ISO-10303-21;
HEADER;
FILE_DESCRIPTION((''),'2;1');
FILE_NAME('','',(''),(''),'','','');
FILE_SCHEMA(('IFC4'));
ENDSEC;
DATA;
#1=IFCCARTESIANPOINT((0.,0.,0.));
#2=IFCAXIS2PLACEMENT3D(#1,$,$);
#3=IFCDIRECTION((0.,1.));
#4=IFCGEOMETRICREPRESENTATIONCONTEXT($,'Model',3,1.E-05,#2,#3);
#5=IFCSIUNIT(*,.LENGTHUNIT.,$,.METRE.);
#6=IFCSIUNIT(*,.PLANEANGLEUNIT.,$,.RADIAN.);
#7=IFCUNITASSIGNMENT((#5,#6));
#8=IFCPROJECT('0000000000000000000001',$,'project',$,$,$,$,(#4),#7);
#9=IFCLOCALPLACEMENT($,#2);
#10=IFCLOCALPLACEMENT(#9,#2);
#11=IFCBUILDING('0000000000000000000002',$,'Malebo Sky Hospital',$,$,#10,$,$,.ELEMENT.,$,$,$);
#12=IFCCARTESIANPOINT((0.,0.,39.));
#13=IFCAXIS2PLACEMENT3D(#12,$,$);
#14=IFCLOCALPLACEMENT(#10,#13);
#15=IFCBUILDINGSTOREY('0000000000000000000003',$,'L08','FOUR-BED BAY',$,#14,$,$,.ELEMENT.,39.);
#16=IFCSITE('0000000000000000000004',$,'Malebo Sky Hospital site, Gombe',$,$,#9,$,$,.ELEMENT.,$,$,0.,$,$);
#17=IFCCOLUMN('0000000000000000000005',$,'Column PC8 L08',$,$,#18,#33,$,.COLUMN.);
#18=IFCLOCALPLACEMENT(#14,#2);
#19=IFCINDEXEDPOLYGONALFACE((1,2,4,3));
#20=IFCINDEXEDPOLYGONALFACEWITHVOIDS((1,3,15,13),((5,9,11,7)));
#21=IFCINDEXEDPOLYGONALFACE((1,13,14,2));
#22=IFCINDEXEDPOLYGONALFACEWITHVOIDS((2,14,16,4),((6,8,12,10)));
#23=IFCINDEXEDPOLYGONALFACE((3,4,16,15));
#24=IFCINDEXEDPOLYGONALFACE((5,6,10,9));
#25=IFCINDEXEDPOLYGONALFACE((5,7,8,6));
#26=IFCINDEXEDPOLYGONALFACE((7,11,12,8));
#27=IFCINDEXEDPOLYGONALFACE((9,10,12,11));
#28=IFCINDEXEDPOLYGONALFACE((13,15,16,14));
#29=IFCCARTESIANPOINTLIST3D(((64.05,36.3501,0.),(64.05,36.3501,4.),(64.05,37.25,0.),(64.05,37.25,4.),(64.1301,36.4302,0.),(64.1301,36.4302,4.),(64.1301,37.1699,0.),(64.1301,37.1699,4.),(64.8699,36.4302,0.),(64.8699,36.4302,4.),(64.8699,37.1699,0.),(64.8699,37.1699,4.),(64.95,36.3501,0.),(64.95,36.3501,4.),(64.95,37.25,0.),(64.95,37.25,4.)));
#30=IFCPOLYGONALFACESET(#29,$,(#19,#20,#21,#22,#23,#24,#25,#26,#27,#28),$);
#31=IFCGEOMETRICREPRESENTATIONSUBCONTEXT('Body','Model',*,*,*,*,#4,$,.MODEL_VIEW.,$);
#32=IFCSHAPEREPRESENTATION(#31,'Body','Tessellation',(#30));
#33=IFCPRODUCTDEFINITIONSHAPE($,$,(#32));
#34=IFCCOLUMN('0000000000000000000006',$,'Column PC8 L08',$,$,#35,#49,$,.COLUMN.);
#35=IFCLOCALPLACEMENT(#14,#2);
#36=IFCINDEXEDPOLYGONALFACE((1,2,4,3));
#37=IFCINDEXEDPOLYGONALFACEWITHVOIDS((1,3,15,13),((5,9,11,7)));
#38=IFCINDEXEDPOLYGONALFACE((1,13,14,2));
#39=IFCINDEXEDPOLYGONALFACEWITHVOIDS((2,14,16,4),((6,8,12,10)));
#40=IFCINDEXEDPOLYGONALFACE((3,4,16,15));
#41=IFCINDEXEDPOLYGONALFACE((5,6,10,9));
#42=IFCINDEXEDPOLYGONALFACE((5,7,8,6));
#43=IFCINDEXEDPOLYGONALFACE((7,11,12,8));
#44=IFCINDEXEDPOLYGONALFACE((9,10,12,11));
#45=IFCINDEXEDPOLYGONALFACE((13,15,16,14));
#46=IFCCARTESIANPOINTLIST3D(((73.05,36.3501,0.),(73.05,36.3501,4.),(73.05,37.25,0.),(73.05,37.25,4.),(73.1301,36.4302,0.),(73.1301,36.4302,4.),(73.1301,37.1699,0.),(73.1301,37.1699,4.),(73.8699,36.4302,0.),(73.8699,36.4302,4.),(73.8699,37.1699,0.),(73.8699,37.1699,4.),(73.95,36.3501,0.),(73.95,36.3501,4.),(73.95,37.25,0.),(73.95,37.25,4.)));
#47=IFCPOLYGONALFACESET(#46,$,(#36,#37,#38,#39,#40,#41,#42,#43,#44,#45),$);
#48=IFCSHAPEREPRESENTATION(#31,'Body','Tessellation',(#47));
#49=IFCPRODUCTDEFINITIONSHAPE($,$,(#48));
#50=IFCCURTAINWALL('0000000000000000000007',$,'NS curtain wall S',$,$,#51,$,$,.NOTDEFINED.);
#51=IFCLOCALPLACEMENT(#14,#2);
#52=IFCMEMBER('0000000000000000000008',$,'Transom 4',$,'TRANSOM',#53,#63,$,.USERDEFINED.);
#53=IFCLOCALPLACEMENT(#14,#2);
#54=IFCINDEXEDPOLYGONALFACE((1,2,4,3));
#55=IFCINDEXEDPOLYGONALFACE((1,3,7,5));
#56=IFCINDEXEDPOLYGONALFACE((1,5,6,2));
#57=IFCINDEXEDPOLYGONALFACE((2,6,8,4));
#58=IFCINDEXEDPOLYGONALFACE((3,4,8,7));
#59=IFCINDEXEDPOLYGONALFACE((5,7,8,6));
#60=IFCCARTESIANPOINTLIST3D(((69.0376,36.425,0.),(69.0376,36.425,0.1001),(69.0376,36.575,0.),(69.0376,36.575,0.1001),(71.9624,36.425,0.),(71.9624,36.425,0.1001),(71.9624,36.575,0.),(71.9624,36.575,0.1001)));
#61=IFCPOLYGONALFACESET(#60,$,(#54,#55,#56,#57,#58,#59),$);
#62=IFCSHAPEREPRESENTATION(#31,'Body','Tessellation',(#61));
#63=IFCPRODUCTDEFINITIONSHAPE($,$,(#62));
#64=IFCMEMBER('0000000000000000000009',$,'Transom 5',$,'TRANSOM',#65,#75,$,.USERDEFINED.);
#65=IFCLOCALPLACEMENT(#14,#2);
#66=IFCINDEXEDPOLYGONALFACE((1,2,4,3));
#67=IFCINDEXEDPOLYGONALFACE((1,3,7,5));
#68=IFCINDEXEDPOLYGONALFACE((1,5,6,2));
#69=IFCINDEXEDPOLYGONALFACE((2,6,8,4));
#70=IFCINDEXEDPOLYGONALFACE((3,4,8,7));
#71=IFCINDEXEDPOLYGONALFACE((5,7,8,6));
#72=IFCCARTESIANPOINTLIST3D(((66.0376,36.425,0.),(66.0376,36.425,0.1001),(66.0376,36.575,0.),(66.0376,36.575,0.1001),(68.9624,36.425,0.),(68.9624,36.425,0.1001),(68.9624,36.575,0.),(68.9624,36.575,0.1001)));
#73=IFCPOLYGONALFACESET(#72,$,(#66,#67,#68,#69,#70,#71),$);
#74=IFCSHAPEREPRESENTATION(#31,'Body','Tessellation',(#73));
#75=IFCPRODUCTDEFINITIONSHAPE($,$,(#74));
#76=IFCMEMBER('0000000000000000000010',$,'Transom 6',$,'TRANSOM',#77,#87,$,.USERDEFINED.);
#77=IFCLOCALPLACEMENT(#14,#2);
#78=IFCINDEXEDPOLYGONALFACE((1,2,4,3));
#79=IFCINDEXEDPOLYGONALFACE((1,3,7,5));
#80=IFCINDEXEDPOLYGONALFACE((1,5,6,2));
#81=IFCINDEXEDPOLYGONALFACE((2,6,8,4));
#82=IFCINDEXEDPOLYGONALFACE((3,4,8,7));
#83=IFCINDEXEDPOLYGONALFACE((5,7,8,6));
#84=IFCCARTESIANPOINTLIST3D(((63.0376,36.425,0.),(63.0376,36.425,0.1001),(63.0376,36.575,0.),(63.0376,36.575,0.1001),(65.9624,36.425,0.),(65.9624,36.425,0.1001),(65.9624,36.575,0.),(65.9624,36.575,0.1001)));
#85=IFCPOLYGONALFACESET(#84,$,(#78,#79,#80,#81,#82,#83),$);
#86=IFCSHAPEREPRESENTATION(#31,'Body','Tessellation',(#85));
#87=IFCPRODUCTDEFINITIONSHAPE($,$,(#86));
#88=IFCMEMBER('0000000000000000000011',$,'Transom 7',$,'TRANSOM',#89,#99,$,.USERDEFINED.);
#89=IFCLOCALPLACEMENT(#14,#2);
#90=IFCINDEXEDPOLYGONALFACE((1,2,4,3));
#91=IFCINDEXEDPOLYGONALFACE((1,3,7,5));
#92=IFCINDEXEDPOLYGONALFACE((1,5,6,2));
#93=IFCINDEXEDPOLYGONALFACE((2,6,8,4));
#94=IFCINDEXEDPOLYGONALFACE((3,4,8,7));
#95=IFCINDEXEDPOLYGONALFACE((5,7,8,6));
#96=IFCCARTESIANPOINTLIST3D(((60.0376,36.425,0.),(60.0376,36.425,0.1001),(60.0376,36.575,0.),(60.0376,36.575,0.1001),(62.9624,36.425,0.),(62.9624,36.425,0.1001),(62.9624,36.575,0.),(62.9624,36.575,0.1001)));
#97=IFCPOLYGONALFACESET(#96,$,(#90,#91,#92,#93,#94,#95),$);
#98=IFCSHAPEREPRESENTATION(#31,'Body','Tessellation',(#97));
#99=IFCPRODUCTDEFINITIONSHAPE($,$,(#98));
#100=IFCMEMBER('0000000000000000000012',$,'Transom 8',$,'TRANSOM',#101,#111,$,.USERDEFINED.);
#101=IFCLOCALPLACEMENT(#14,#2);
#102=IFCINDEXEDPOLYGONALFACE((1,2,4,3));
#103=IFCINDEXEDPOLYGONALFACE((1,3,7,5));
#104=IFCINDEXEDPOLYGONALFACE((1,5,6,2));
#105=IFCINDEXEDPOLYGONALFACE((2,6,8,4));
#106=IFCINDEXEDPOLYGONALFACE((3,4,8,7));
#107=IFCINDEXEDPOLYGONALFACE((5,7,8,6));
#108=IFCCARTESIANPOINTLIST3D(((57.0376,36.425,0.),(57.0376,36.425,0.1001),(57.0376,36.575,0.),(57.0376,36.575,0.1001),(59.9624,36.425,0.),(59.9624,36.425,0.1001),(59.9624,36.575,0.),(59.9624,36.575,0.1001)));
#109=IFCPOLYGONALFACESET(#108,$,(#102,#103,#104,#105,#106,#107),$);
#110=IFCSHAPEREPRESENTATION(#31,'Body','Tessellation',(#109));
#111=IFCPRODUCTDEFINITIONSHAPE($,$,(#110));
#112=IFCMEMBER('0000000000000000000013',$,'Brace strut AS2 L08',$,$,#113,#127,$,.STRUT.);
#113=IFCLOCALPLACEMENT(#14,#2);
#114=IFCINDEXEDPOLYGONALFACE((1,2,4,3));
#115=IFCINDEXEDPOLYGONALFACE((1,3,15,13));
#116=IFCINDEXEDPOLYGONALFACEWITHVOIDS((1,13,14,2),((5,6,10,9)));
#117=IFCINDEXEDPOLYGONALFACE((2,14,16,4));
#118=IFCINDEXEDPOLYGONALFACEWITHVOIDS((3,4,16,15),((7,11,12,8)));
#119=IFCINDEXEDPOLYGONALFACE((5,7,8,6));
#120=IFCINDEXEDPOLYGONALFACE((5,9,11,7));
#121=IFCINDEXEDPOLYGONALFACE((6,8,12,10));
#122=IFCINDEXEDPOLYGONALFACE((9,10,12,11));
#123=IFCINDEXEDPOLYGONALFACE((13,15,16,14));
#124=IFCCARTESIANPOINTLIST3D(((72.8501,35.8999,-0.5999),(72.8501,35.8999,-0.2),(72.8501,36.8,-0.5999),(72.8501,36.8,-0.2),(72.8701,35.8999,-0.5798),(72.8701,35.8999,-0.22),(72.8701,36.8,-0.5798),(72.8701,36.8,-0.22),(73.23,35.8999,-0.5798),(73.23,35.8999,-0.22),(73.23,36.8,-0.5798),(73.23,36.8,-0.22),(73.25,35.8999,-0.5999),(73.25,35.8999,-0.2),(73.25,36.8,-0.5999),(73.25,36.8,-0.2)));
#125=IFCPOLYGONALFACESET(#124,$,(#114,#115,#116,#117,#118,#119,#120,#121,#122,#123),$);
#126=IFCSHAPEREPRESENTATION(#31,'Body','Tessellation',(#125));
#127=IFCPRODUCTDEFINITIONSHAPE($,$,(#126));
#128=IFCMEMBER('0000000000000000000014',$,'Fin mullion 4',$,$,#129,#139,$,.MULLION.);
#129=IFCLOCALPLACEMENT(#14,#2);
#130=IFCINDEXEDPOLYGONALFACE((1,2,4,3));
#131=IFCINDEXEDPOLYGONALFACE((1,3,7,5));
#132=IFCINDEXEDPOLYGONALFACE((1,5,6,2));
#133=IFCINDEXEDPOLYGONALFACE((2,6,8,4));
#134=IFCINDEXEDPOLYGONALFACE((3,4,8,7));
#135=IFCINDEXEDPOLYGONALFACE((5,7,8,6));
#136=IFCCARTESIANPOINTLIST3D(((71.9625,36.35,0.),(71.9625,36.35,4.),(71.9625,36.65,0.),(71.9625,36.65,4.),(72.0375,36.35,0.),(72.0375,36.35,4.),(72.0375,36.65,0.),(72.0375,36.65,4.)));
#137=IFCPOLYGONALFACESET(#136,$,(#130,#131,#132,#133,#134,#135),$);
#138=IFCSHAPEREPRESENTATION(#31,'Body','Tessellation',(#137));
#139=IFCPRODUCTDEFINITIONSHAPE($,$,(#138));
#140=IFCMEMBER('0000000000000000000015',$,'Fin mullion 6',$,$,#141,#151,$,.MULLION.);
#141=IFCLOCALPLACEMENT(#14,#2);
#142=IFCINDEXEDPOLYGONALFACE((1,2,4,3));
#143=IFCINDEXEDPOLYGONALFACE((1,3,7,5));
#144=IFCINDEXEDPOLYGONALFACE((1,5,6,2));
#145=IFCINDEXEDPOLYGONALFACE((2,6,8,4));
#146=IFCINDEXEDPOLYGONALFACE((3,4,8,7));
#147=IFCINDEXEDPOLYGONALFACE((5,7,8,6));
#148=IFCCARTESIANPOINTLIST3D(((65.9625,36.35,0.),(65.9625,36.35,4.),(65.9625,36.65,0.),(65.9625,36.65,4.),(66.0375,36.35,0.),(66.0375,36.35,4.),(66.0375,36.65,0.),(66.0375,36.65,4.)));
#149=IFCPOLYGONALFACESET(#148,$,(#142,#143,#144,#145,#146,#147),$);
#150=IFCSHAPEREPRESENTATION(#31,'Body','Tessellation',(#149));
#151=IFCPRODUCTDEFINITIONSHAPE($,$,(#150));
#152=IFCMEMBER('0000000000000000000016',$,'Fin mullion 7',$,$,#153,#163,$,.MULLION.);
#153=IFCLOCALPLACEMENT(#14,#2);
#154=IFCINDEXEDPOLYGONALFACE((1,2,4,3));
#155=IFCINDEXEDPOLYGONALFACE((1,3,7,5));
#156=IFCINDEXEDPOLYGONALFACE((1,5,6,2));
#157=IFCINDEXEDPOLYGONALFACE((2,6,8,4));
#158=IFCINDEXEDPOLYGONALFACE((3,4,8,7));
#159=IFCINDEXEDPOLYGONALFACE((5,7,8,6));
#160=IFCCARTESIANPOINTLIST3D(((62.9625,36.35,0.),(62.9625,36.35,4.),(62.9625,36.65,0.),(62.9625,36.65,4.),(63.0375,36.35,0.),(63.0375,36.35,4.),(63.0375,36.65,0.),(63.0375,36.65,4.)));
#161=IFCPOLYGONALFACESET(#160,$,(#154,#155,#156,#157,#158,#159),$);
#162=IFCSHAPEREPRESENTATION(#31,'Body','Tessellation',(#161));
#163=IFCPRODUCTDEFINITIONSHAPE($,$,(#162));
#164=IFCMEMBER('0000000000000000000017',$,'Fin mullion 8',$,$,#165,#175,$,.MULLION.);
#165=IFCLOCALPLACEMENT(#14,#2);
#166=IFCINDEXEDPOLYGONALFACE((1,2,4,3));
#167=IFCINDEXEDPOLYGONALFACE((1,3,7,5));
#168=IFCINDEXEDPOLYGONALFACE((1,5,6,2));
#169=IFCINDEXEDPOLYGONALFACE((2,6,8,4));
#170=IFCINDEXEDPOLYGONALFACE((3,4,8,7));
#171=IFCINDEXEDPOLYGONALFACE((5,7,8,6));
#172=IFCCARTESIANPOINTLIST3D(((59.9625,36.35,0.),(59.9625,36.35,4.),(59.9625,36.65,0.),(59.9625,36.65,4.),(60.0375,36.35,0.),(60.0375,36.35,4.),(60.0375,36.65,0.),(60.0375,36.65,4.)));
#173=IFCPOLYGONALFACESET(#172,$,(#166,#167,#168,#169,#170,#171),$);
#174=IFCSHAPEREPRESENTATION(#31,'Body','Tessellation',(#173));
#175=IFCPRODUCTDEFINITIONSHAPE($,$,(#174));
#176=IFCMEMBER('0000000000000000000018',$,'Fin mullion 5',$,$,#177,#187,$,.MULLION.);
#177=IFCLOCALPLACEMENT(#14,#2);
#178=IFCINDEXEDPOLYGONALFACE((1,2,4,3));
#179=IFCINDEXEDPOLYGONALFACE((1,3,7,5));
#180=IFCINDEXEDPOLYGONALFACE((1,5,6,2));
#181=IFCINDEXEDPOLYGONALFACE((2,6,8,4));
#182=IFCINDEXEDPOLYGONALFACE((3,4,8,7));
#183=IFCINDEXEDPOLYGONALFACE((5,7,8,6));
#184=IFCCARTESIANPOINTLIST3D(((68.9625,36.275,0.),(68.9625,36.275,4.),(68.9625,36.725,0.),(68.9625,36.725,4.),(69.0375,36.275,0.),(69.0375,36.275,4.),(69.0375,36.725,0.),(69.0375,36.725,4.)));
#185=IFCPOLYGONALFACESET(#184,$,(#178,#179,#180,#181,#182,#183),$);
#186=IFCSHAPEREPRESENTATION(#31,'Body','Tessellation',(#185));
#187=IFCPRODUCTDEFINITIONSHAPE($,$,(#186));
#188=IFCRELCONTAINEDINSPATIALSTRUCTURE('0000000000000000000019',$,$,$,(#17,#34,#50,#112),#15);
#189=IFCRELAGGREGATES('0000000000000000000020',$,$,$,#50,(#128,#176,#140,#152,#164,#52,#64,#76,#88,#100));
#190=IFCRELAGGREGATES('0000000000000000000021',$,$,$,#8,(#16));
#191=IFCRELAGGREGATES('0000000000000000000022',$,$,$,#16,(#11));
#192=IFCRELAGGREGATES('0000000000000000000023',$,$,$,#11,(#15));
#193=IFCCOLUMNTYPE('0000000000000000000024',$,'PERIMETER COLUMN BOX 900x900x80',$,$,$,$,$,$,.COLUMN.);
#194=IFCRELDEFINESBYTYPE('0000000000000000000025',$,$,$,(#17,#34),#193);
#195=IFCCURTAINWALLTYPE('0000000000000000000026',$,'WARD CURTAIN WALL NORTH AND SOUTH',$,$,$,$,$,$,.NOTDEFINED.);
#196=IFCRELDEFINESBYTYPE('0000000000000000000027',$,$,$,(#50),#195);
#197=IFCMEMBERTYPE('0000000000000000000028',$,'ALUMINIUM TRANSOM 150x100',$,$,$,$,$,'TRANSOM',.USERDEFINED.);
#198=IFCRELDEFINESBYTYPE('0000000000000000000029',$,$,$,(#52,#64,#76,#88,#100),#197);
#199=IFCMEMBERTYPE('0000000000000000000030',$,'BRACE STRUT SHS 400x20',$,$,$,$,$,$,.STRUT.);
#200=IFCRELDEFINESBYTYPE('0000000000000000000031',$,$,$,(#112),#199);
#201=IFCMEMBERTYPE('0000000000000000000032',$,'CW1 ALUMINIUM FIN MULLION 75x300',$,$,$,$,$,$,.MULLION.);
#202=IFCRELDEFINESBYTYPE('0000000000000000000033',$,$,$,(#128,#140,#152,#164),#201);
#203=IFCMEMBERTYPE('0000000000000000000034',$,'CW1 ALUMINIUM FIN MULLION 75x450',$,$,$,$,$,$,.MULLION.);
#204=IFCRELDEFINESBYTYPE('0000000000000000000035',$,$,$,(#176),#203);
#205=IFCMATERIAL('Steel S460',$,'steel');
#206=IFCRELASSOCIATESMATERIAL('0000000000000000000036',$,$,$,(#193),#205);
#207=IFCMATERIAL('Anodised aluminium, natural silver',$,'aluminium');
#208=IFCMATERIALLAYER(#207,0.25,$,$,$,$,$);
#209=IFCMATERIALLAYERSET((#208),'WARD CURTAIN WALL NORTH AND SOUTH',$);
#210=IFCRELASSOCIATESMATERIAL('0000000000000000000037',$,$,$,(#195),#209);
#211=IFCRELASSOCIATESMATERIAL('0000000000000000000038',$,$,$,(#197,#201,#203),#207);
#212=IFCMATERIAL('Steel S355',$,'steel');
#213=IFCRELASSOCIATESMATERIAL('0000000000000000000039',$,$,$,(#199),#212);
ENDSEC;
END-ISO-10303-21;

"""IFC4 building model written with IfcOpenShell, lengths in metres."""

from ifc_helpers import new_model, si_unit, direction, frame, origin, origin_2d, place, context, subcontext, project, spatial, rectangle, hollow_rectangle, extrude, material, layer, layer_set, material_profile, profile_set, type_object, element, aggregate, save


model = new_model("IFC4")

# Units and contexts
model_context = context("Model", 3, precision=1e-05, world=origin(), true_north=direction((0.0, 1.0)))
body_context = subcontext(model_context, "Body", "Model", "MODEL_VIEW")
ifc_project = project(units=[si_unit("LENGTHUNIT", "METRE"), si_unit("PLANEANGLEUNIT", "RADIAN")], contexts=[model_context])

# Site, building, storey
site_placement = place(None, origin())
site = spatial("IfcSite", under=ifc_project, at=site_placement, Name="Malebo Sky Hospital site, Gombe", CompositionType="ELEMENT", RefElevation=0.0)
building_placement = place(site_placement, origin())
building = spatial("IfcBuilding", under=site, at=building_placement, Name="Malebo Sky Hospital", CompositionType="ELEMENT")
storey_placement = place(building_placement, frame((0.0, 0.0, 39.0)))
storey = spatial("IfcBuildingStorey", under=building, at=storey_placement, Name="L08", Description="FOUR-BED BAY", CompositionType="ELEMENT", Elevation=39.0)

# Columns
ifc_material_1 = material(Name="Steel S460", Category="steel")
ifc_material_profile_1 = material_profile(ifc_material_1, hollow_rectangle(XDim=0.8999, YDim=0.8999, WallThickness=0.0801, at=origin_2d()), Name="BOX 900x900x80")
ifc_profile_set_1 = profile_set([ifc_material_profile_1], Name="Steel S460")
column_type = type_object("IfcColumnType", Name="PERIMETER COLUMN BOX 900x900x80", PredefinedType="COLUMN", material=ifc_profile_set_1)
for number, where, z_axis, x_axis, name in (
    (1, (64.5, 36.8, 0.0), (0.0, 0.0, 1.0), (1.0, 0.0, 0.0), "Column PC8 L08"),
    (2, (73.5, 36.8, 0.0), (0.0, 0.0, 1.0), (1.0, 0.0, 0.0), "Column PC8 L08"),
):
    element("IfcColumn", number, at=place(storey_placement, frame(where, z_axis=z_axis, x_axis=x_axis)), inside=storey, type_object=column_type, Name=name, PredefinedType="COLUMN", context=body_context, shape_type="SweptSolid", body=[
        extrude(hollow_rectangle(XDim=0.8999, YDim=0.8999, WallThickness=0.0801, at=origin_2d()), origin(), (0.0, 0.0, 1.0), 4.0),
    ])

# Curtain wall, members
ifc_material_2 = material(Name="Anodised aluminium, natural silver", Category="aluminium")
ifc_layer_1 = layer(ifc_material_2, 0.25)
ifc_layer_set_1 = layer_set([ifc_layer_1], Name="WARD CURTAIN WALL NORTH AND SOUTH")
curtain_wall_type = type_object("IfcCurtainWallType", Name="WARD CURTAIN WALL NORTH AND SOUTH", PredefinedType="NOTDEFINED", material=ifc_layer_set_1)
curtain_wall_placement = place(storey_placement, origin())
curtain_wall = element("IfcCurtainWall", 3, at=curtain_wall_placement, inside=storey, type_object=curtain_wall_type, Name="NS curtain wall S", PredefinedType="NOTDEFINED")
ifc_material_profile_2 = material_profile(ifc_material_2, rectangle(XDim=0.1499, YDim=0.1001, at=origin_2d()), Name="ALUMINIUM TRANSOM 150x100")
ifc_profile_set_2 = profile_set([ifc_material_profile_2], Name="Anodised aluminium, natural silver")
member_type_1 = type_object("IfcMemberType", Name="ALUMINIUM TRANSOM 150x100", ElementType="TRANSOM", PredefinedType="USERDEFINED", material=ifc_profile_set_2)
member_1_placement = place(storey_placement, frame((71.9624, 36.5, 0.05), z_axis=(-1.0, 0.0, 0.0), x_axis=(0.0, -1.0, 0.0)))
member_1 = element("IfcMember", 4, at=member_1_placement, type_object=member_type_1, Name="Transom 4", ObjectType="TRANSOM", PredefinedType="USERDEFINED", context=body_context, shape_type="SweptSolid", body=[
    extrude(rectangle(XDim=0.1499, YDim=0.1001, at=origin_2d()), origin(), (0.0, 0.0, 1.0), 2.9248),
])
member_2_placement = place(storey_placement, frame((68.9624, 36.5, 0.05), z_axis=(-1.0, 0.0, 0.0), x_axis=(0.0, -1.0, 0.0)))
member_2 = element("IfcMember", 5, at=member_2_placement, type_object=member_type_1, Name="Transom 5", ObjectType="TRANSOM", PredefinedType="USERDEFINED", context=body_context, shape_type="SweptSolid", body=[
    extrude(rectangle(XDim=0.1499, YDim=0.1001, at=origin_2d()), origin(), (0.0, 0.0, 1.0), 2.9248),
])
member_3_placement = place(storey_placement, frame((65.9624, 36.5, 0.05), z_axis=(-1.0, 0.0, 0.0), x_axis=(0.0, -1.0, 0.0)))
member_3 = element("IfcMember", 6, at=member_3_placement, type_object=member_type_1, Name="Transom 6", ObjectType="TRANSOM", PredefinedType="USERDEFINED", context=body_context, shape_type="SweptSolid", body=[
    extrude(rectangle(XDim=0.1499, YDim=0.1001, at=origin_2d()), origin(), (0.0, 0.0, 1.0), 2.9248),
])
member_4_placement = place(storey_placement, frame((62.9624, 36.5, 0.05), z_axis=(-1.0, 0.0, 0.0), x_axis=(0.0, -1.0, 0.0)))
member_4 = element("IfcMember", 7, at=member_4_placement, type_object=member_type_1, Name="Transom 7", ObjectType="TRANSOM", PredefinedType="USERDEFINED", context=body_context, shape_type="SweptSolid", body=[
    extrude(rectangle(XDim=0.1499, YDim=0.1001, at=origin_2d()), origin(), (0.0, 0.0, 1.0), 2.9248),
])
member_5_placement = place(storey_placement, frame((59.9624, 36.5, 0.05), z_axis=(-1.0, 0.0, 0.0), x_axis=(0.0, -1.0, 0.0)))
member_5 = element("IfcMember", 8, at=member_5_placement, type_object=member_type_1, Name="Transom 8", ObjectType="TRANSOM", PredefinedType="USERDEFINED", context=body_context, shape_type="SweptSolid", body=[
    extrude(rectangle(XDim=0.1499, YDim=0.1001, at=origin_2d()), origin(), (0.0, 0.0, 1.0), 2.9248),
])

# Members
ifc_material_3 = material(Name="Steel S355", Category="steel")
ifc_material_profile_3 = material_profile(ifc_material_3, hollow_rectangle(XDim=0.3999, YDim=0.3999, WallThickness=0.02, at=origin_2d()), Name="SHS 400x20")
ifc_profile_set_3 = profile_set([ifc_material_profile_3], Name="Steel S355")
member_type_2 = type_object("IfcMemberType", Name="BRACE STRUT SHS 400x20", PredefinedType="STRUT", material=ifc_profile_set_3)
member_6_placement = place(storey_placement, frame((73.05, 35.8999, -0.3999), z_axis=(0.0, 1.0, 0.0), x_axis=(-1.0, 0.0, 0.0)))
element("IfcMember", 9, at=member_6_placement, inside=storey, type_object=member_type_2, Name="Brace strut AS2 L08", PredefinedType="STRUT", context=body_context, shape_type="SweptSolid", body=[
    extrude(hollow_rectangle(XDim=0.3999, YDim=0.3999, WallThickness=0.02, at=origin_2d()), origin(), (0.0, 0.0, 1.0), 0.9001),
])
ifc_material_profile_4 = material_profile(ifc_material_2, rectangle(XDim=0.075, YDim=0.3, at=origin_2d()), Name="CW1 ALUMINIUM FIN MULLION 75x300")
ifc_profile_set_4 = profile_set([ifc_material_profile_4], Name="Anodised aluminium, natural silver")
member_type_3 = type_object("IfcMemberType", Name="CW1 ALUMINIUM FIN MULLION 75x300", PredefinedType="MULLION", material=ifc_profile_set_4)
member_7_placement = place(storey_placement, frame((72.0, 36.5, 0.0), z_axis=(0.0, 0.0, 1.0), x_axis=(-1.0, 0.0, 0.0)))
member_7 = element("IfcMember", 10, at=member_7_placement, type_object=member_type_3, Name="Fin mullion 4", PredefinedType="MULLION", context=body_context, shape_type="SweptSolid", body=[
    extrude(rectangle(XDim=0.075, YDim=0.3, at=origin_2d()), origin(), (0.0, 0.0, 1.0), 4.0),
])
member_8_placement = place(storey_placement, frame((66.0, 36.5, 0.0), z_axis=(0.0, 0.0, 1.0), x_axis=(-1.0, 0.0, 0.0)))
member_8 = element("IfcMember", 11, at=member_8_placement, type_object=member_type_3, Name="Fin mullion 6", PredefinedType="MULLION", context=body_context, shape_type="SweptSolid", body=[
    extrude(rectangle(XDim=0.075, YDim=0.3, at=origin_2d()), origin(), (0.0, 0.0, 1.0), 4.0),
])
member_9_placement = place(storey_placement, frame((63.0, 36.5, 0.0), z_axis=(0.0, 0.0, 1.0), x_axis=(-1.0, 0.0, 0.0)))
member_9 = element("IfcMember", 12, at=member_9_placement, type_object=member_type_3, Name="Fin mullion 7", PredefinedType="MULLION", context=body_context, shape_type="SweptSolid", body=[
    extrude(rectangle(XDim=0.075, YDim=0.3, at=origin_2d()), origin(), (0.0, 0.0, 1.0), 4.0),
])
member_10_placement = place(storey_placement, frame((60.0, 36.5, 0.0), z_axis=(0.0, 0.0, 1.0), x_axis=(-1.0, 0.0, 0.0)))
member_10 = element("IfcMember", 13, at=member_10_placement, type_object=member_type_3, Name="Fin mullion 8", PredefinedType="MULLION", context=body_context, shape_type="SweptSolid", body=[
    extrude(rectangle(XDim=0.075, YDim=0.3, at=origin_2d()), origin(), (0.0, 0.0, 1.0), 4.0),
])
ifc_material_profile_5 = material_profile(ifc_material_2, rectangle(XDim=0.075, YDim=0.45, at=origin_2d()), Name="CW1 ALUMINIUM FIN MULLION 75x450")
ifc_profile_set_5 = profile_set([ifc_material_profile_5], Name="Anodised aluminium, natural silver")
member_type_4 = type_object("IfcMemberType", Name="CW1 ALUMINIUM FIN MULLION 75x450", PredefinedType="MULLION", material=ifc_profile_set_5)
member_11_placement = place(storey_placement, frame((69.0, 36.5, 0.0), z_axis=(0.0, 0.0, 1.0), x_axis=(-1.0, 0.0, 0.0)))
member_11 = element("IfcMember", 14, at=member_11_placement, type_object=member_type_4, Name="Fin mullion 5", PredefinedType="MULLION", context=body_context, shape_type="SweptSolid", body=[
    extrude(rectangle(XDim=0.075, YDim=0.45, at=origin_2d()), origin(), (0.0, 0.0, 1.0), 4.0),
])

aggregate(curtain_wall, [member_7, member_11, member_8, member_9, member_10, member_1, member_2, member_3, member_4, member_5])

save(model, "model.ifc")
